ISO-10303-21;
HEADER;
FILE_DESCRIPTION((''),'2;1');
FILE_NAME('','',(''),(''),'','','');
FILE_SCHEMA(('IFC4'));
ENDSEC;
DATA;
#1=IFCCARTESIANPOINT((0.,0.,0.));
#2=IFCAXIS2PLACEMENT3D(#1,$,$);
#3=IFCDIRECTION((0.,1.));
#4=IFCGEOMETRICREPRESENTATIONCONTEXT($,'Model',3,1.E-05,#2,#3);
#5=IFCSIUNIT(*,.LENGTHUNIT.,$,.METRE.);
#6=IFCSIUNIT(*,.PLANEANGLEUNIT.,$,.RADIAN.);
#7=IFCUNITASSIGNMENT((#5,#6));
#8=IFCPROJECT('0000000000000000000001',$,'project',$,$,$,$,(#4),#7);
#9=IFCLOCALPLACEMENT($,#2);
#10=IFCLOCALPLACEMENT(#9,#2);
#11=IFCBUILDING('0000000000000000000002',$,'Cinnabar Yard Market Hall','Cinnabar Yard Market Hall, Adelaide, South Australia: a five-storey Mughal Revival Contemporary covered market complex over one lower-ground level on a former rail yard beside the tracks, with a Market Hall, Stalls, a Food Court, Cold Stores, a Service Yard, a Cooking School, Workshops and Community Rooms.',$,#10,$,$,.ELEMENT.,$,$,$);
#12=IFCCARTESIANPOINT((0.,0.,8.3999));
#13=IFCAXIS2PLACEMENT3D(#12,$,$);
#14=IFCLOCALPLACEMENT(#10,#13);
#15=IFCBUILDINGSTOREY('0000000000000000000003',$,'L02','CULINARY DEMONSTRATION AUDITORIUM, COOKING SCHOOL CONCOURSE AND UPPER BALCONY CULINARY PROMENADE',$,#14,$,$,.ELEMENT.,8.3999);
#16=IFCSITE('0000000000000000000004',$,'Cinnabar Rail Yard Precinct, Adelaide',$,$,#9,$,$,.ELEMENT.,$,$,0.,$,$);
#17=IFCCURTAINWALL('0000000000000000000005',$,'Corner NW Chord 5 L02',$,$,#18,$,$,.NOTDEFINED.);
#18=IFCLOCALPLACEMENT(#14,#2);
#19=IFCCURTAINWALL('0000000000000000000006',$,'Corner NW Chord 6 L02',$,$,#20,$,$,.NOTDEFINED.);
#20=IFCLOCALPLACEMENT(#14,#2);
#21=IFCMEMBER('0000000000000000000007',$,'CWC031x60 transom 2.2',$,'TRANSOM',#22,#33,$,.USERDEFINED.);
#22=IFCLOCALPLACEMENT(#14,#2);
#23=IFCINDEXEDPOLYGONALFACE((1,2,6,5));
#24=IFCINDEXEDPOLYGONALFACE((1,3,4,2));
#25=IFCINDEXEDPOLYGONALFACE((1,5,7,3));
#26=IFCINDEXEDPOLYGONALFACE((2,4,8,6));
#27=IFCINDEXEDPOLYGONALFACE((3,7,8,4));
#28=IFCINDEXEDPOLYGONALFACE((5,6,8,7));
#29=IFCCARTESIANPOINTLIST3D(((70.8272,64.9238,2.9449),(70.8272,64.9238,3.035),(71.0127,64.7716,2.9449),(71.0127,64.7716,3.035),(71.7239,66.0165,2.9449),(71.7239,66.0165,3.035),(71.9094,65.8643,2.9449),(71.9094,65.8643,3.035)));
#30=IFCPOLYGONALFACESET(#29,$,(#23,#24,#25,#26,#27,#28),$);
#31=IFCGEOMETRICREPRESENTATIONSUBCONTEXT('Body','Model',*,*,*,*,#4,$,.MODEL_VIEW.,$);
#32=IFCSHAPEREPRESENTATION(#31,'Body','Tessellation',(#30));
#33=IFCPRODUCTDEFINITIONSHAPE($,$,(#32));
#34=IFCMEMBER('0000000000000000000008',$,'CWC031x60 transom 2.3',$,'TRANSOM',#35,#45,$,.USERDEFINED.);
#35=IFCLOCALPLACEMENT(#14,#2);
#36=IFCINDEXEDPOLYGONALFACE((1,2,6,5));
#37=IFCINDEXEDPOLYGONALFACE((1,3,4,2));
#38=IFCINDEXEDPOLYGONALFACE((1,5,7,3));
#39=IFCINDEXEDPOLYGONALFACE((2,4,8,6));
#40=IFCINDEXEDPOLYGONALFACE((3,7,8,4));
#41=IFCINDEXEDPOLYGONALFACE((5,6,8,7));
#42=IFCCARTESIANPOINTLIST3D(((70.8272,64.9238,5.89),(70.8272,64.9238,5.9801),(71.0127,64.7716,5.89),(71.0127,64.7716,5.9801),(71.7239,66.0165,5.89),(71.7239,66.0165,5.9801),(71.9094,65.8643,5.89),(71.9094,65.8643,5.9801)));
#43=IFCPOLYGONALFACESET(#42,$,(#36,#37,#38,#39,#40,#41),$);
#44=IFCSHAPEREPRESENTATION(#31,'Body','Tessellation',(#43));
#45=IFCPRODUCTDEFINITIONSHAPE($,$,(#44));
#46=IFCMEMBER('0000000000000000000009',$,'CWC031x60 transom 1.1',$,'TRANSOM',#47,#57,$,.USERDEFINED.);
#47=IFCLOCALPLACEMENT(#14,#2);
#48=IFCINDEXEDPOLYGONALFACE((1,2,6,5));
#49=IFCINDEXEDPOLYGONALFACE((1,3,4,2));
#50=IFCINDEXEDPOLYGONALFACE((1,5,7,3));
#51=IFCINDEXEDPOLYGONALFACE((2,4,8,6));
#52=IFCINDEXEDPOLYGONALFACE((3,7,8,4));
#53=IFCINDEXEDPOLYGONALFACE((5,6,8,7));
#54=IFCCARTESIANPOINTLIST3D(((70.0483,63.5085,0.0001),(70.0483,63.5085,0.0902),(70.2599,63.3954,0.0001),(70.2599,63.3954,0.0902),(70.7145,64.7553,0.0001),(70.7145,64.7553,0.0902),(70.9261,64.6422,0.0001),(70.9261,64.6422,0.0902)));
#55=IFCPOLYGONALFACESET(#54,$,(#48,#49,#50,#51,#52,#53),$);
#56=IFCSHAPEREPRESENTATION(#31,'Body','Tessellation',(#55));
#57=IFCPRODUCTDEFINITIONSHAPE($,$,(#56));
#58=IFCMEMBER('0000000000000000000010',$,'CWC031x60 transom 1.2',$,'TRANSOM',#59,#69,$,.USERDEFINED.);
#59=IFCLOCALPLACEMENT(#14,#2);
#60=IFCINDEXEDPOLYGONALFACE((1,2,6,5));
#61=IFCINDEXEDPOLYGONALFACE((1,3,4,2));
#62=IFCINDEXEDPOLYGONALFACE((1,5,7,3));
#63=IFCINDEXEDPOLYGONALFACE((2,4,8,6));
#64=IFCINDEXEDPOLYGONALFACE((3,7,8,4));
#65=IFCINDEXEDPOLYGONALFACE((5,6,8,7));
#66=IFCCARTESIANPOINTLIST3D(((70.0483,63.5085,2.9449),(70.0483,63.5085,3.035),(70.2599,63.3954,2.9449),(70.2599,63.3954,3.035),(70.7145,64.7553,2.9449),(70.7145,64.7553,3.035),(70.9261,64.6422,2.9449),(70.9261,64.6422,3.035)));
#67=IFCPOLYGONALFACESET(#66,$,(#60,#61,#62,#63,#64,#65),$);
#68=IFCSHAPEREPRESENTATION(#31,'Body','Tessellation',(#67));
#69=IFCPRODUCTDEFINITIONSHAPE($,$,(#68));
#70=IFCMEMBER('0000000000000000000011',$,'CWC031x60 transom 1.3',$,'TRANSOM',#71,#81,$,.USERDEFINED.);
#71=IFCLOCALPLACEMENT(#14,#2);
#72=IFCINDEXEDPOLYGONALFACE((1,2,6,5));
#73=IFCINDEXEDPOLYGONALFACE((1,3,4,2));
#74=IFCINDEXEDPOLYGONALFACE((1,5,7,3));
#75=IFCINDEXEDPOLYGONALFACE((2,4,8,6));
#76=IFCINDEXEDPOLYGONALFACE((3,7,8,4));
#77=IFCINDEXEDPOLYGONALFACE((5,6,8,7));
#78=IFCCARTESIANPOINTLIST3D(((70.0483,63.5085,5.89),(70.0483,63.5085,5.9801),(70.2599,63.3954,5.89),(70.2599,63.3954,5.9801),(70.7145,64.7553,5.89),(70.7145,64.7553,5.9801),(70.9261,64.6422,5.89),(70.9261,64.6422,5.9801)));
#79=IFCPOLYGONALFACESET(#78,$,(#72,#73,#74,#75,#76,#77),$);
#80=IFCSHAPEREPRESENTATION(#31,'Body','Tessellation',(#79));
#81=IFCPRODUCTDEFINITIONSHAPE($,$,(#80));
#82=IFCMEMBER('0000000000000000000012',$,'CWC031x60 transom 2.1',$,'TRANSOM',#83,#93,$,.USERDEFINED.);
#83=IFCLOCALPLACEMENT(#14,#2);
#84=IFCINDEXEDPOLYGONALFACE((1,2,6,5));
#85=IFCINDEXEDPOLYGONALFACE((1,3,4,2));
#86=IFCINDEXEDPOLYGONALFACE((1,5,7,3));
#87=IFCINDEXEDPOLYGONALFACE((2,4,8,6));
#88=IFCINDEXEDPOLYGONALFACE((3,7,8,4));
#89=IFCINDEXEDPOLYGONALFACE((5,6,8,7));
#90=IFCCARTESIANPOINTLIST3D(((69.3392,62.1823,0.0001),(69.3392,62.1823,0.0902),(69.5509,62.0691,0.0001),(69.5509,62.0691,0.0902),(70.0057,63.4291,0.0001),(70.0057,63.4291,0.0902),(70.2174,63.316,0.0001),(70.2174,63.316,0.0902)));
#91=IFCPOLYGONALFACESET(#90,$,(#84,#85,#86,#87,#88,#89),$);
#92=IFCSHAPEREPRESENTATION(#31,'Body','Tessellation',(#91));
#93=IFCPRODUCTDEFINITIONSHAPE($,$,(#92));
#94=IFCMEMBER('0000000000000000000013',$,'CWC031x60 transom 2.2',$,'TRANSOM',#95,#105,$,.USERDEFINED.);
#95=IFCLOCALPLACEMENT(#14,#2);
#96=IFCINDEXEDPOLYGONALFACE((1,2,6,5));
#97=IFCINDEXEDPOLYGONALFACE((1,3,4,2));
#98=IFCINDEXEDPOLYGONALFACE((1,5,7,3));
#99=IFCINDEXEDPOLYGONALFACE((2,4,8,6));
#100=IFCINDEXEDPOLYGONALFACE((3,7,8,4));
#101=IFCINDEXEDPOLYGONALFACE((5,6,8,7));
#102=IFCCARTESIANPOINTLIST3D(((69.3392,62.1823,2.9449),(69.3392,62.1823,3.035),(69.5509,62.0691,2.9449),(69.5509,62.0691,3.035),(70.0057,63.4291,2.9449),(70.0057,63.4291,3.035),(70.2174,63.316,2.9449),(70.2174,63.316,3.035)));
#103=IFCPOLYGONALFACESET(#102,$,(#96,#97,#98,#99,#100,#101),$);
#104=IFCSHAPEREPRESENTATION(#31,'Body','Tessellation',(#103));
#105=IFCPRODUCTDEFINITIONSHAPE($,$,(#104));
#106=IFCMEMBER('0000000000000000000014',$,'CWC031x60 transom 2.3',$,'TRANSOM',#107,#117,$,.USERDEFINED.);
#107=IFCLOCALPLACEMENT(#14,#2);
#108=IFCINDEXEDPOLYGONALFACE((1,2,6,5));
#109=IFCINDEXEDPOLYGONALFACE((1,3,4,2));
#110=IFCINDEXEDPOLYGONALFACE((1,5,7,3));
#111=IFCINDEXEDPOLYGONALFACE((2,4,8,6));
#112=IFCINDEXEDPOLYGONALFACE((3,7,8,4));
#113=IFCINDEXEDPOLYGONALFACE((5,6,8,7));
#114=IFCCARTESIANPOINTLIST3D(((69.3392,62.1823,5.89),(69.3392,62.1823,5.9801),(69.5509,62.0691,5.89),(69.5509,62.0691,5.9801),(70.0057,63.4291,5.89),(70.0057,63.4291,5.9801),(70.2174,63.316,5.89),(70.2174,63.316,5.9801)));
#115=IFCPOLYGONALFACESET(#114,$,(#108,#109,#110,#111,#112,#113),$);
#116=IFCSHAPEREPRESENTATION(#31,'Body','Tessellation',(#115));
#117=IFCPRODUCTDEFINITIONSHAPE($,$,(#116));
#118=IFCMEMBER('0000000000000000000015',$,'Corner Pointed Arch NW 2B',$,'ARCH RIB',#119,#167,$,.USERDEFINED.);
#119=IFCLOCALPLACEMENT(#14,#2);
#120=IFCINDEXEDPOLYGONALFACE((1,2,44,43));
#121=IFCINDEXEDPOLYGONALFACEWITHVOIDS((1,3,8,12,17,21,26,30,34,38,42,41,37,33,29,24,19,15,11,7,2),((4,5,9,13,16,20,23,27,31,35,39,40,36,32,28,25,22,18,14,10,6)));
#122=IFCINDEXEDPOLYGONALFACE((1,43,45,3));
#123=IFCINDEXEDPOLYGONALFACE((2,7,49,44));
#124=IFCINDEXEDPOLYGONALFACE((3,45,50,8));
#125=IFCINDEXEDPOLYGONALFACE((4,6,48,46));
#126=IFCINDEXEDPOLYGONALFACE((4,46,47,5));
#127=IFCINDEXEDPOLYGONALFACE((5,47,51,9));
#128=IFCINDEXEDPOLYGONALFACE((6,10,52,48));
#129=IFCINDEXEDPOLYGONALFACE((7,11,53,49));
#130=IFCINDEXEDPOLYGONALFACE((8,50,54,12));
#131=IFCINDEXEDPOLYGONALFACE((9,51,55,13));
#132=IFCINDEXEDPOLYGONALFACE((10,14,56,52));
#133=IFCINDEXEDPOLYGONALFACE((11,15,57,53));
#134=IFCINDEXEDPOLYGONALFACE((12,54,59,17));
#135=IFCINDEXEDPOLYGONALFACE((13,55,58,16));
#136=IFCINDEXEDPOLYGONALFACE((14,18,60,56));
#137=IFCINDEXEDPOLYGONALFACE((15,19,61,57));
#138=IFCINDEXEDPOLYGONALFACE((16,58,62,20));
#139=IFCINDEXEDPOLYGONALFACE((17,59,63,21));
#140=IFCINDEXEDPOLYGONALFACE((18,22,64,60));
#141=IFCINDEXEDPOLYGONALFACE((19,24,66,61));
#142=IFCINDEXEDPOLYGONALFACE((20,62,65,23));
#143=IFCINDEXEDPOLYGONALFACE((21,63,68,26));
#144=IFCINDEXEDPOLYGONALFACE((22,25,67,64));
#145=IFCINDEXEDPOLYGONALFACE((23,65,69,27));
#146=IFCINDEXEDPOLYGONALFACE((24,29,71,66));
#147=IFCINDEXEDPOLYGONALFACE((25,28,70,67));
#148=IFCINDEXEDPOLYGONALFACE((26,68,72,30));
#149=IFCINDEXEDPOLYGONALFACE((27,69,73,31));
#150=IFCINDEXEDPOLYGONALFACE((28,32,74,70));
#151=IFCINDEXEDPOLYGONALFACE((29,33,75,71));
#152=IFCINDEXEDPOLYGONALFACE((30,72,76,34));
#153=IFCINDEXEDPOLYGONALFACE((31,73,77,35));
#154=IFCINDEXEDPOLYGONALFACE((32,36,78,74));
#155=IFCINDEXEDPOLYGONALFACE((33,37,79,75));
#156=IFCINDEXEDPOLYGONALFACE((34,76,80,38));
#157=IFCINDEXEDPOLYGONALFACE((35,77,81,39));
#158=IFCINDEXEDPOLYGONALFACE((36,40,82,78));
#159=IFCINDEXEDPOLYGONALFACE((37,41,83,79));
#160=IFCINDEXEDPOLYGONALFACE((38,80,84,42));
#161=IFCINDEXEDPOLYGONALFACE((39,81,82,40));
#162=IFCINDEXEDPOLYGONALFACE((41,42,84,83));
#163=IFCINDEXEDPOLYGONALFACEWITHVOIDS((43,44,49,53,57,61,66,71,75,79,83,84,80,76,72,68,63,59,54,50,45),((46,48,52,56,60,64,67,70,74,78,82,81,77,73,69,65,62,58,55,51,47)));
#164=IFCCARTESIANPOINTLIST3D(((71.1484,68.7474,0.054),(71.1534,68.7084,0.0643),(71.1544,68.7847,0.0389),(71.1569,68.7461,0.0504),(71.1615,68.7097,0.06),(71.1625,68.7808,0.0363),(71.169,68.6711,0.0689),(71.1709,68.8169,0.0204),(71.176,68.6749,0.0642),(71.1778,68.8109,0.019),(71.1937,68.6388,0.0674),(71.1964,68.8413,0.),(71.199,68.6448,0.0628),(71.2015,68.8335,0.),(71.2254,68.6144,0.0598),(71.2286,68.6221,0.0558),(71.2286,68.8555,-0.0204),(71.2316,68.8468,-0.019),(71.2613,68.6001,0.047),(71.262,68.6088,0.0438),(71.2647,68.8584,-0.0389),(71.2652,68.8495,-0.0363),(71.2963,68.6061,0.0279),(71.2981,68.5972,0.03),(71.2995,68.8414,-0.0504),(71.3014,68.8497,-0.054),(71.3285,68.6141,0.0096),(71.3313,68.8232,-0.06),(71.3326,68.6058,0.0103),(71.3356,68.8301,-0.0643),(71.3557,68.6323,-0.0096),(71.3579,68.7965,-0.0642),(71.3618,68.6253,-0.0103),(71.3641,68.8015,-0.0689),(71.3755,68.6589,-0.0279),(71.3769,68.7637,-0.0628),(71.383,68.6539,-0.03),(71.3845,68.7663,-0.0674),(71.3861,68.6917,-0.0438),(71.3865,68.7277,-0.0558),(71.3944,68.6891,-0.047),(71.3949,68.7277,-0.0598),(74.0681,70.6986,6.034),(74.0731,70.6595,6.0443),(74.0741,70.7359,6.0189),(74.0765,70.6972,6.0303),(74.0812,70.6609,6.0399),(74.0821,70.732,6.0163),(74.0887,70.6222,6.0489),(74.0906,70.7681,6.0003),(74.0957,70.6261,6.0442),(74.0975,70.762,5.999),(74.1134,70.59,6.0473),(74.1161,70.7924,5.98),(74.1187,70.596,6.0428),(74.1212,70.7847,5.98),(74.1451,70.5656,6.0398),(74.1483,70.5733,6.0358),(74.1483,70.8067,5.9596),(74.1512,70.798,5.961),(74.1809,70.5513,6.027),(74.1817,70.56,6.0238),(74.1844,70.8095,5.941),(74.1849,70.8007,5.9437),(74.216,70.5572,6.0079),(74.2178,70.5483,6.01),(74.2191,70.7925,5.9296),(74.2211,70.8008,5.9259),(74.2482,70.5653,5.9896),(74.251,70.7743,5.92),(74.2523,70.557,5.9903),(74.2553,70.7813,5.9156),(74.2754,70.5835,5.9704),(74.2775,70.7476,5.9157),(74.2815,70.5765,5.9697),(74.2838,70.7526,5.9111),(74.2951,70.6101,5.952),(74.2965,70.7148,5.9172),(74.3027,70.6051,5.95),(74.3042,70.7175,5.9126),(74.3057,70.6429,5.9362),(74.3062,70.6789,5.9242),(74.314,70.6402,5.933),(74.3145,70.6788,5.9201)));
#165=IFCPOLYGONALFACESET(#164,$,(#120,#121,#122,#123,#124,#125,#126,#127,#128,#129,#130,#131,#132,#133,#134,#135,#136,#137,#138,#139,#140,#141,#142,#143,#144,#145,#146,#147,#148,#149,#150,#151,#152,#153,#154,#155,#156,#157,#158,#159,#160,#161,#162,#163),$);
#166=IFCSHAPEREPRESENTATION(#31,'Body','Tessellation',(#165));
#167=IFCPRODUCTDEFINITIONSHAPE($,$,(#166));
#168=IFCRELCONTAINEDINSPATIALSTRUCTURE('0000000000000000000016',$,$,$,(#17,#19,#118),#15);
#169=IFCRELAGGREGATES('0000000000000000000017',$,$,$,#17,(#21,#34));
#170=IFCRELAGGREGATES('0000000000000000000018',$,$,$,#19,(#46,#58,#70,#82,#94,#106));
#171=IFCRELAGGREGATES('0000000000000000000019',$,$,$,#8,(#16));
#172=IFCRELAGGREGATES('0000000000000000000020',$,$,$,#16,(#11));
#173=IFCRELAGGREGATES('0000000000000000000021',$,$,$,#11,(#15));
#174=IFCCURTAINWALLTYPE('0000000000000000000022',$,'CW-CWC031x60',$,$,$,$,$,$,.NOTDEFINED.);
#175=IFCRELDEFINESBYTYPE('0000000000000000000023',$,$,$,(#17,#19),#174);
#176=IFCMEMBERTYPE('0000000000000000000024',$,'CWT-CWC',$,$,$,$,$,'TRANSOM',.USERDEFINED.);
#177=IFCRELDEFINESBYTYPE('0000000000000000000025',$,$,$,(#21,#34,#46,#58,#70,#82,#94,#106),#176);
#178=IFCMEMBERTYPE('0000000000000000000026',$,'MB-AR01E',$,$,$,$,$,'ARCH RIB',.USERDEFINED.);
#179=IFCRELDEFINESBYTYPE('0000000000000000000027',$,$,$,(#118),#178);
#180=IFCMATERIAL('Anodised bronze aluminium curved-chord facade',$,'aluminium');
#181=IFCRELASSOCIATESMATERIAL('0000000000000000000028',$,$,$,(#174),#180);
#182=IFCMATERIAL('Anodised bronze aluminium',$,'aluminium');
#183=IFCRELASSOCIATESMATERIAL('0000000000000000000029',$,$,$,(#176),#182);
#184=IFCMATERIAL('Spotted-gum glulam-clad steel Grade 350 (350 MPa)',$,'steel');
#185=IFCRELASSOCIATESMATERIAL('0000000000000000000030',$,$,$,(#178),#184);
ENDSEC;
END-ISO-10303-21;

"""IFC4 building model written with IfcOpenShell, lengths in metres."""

from ifc_helpers import new_model, si_unit, direction, frame, origin, origin_2d_with_axis, place, context, subcontext, project, spatial, rectangle, hollow_circle, extrude, material, material_profile, profile_set, type_object, element, aggregate, save


model = new_model("IFC4")

# Units and contexts
model_context = context("Model", 3, precision=1e-05, world=origin(), true_north=direction((0.0, 1.0)))
body_context = subcontext(model_context, "Body", "Model", "MODEL_VIEW")
ifc_project = project(units=[si_unit("LENGTHUNIT", "METRE"), si_unit("PLANEANGLEUNIT", "RADIAN")], contexts=[model_context])

# Site, building, storey
site_placement = place(None, origin())
site = spatial("IfcSite", under=ifc_project, at=site_placement, Name="Cinnabar Rail Yard Precinct, Adelaide", CompositionType="ELEMENT", RefElevation=0.0)
building_placement = place(site_placement, origin())
building = spatial("IfcBuilding", under=site, at=building_placement, Name="Cinnabar Yard Market Hall", Description="Cinnabar Yard Market Hall, Adelaide, South Australia: a five-storey Mughal Revival Contemporary covered market complex over one lower-ground level on a former rail yard beside the tracks, with a Market Hall, Stalls, a Food Court, Cold Stores, a Service Yard, a Cooking School, Workshops and Community Rooms.", CompositionType="ELEMENT")
storey_placement = place(building_placement, frame((0.0, 0.0, 8.3999)))
storey = spatial("IfcBuildingStorey", under=building, at=storey_placement, Name="L02", Description="CULINARY DEMONSTRATION AUDITORIUM, COOKING SCHOOL CONCOURSE AND UPPER BALCONY CULINARY PROMENADE", CompositionType="ELEMENT", Elevation=8.3999)

# Shared definitions
ifc_material_1 = material(Name="Spotted-gum glulam-clad steel Grade 350 (350 MPa)", Category="steel")

# Shared definitions
ifc_material_2 = material(Name="Anodised bronze aluminium curved-chord facade", Category="aluminium")
curtain_wall_type = type_object("IfcCurtainWallType", Name="CW-CWC031x60", PredefinedType="NOTDEFINED", material=ifc_material_2)
ifc_material_3 = material(Name="Anodised bronze aluminium", Category="aluminium")

# Curtain walls
curtain_wall_1_placement = place(storey_placement, origin())
curtain_wall_1 = element("IfcCurtainWall", 1, at=curtain_wall_1_placement, inside=storey, type_object=curtain_wall_type, Name="Corner NW Chord 5 L02", PredefinedType="NOTDEFINED")
curtain_wall_2_placement = place(storey_placement, origin())
curtain_wall_2 = element("IfcCurtainWall", 2, at=curtain_wall_2_placement, inside=storey, type_object=curtain_wall_type, Name="Corner NW Chord 6 L02", PredefinedType="NOTDEFINED")

# Members
ifc_material_profile_1 = material_profile(ifc_material_3, rectangle(XDim=0.24, YDim=0.0901, at=origin_2d_with_axis()), Name="TRN-CWC")
ifc_profile_set_1 = profile_set([ifc_material_profile_1], Name="Anodised bronze aluminium")
member_type_1 = type_object("IfcMemberType", Name="CWT-CWC", ElementType="TRANSOM", PredefinedType="USERDEFINED", material=ifc_profile_set_1)
member_1_placement = place(storey_placement, frame((71.8167, 65.9404, 2.99), z_axis=(-0.634356, -0.773041, 0.0), x_axis=(0.773041, -0.634356, 0.0)))
member_1 = element("IfcMember", 3, at=member_1_placement, type_object=member_type_1, Name="CWC031x60 transom 2.2", ObjectType="TRANSOM", PredefinedType="USERDEFINED", context=body_context, shape_type="SweptSolid", body=[
    extrude(rectangle(XDim=0.24, YDim=0.0901, at=origin_2d_with_axis()), origin(), (0.0, 0.0, 1.0), 1.4136),
])
member_2_placement = place(storey_placement, frame((71.8167, 65.9404, 5.9351), z_axis=(-0.634356, -0.773041, 0.0), x_axis=(0.773041, -0.634356, 0.0)))
member_2 = element("IfcMember", 4, at=member_2_placement, type_object=member_type_1, Name="CWC031x60 transom 2.3", ObjectType="TRANSOM", PredefinedType="USERDEFINED", context=body_context, shape_type="SweptSolid", body=[
    extrude(rectangle(XDim=0.24, YDim=0.0901, at=origin_2d_with_axis()), origin(), (0.0, 0.0, 1.0), 1.4136),
])
member_3_placement = place(storey_placement, frame((70.8203, 64.6987, 0.0452), z_axis=(-0.471296, -0.881975, 0.0), x_axis=(0.881975, -0.471296, 0.0)))
member_3 = element("IfcMember", 5, at=member_3_placement, type_object=member_type_1, Name="CWC031x60 transom 1.1", ObjectType="TRANSOM", PredefinedType="USERDEFINED", context=body_context, shape_type="SweptSolid", body=[
    extrude(rectangle(XDim=0.24, YDim=0.0901, at=origin_2d_with_axis()), origin(), (0.0, 0.0, 1.0), 1.4136),
])
member_4_placement = place(storey_placement, frame((70.8203, 64.6987, 2.99), z_axis=(-0.471296, -0.881975, 0.0), x_axis=(0.881975, -0.471296, 0.0)))
member_4 = element("IfcMember", 6, at=member_4_placement, type_object=member_type_1, Name="CWC031x60 transom 1.2", ObjectType="TRANSOM", PredefinedType="USERDEFINED", context=body_context, shape_type="SweptSolid", body=[
    extrude(rectangle(XDim=0.24, YDim=0.0901, at=origin_2d_with_axis()), origin(), (0.0, 0.0, 1.0), 1.4136),
])
member_5_placement = place(storey_placement, frame((70.8203, 64.6987, 5.9351), z_axis=(-0.471296, -0.881975, 0.0), x_axis=(0.881975, -0.471296, 0.0)))
member_5 = element("IfcMember", 7, at=member_5_placement, type_object=member_type_1, Name="CWC031x60 transom 1.3", ObjectType="TRANSOM", PredefinedType="USERDEFINED", context=body_context, shape_type="SweptSolid", body=[
    extrude(rectangle(XDim=0.24, YDim=0.0901, at=origin_2d_with_axis()), origin(), (0.0, 0.0, 1.0), 1.4136),
])
member_6_placement = place(storey_placement, frame((70.1116, 63.3726, 0.0452), z_axis=(-0.471431, -0.881903, 0.0), x_axis=(0.881903, -0.471431, 0.0)))
member_6 = element("IfcMember", 8, at=member_6_placement, type_object=member_type_1, Name="CWC031x60 transom 2.1", ObjectType="TRANSOM", PredefinedType="USERDEFINED", context=body_context, shape_type="SweptSolid", body=[
    extrude(rectangle(XDim=0.24, YDim=0.0901, at=origin_2d_with_axis()), origin(), (0.0, 0.0, 1.0), 1.4138),
])
member_7_placement = place(storey_placement, frame((70.1116, 63.3726, 2.99), z_axis=(-0.471431, -0.881903, 0.0), x_axis=(0.881903, -0.471431, 0.0)))
member_7 = element("IfcMember", 9, at=member_7_placement, type_object=member_type_1, Name="CWC031x60 transom 2.2", ObjectType="TRANSOM", PredefinedType="USERDEFINED", context=body_context, shape_type="SweptSolid", body=[
    extrude(rectangle(XDim=0.24, YDim=0.0901, at=origin_2d_with_axis()), origin(), (0.0, 0.0, 1.0), 1.4138),
])
member_8_placement = place(storey_placement, frame((70.1116, 63.3726, 5.9351), z_axis=(-0.471431, -0.881903, 0.0), x_axis=(0.881903, -0.471431, 0.0)))
member_8 = element("IfcMember", 10, at=member_8_placement, type_object=member_type_1, Name="CWC031x60 transom 2.3", ObjectType="TRANSOM", PredefinedType="USERDEFINED", context=body_context, shape_type="SweptSolid", body=[
    extrude(rectangle(XDim=0.24, YDim=0.0901, at=origin_2d_with_axis()), origin(), (0.0, 0.0, 1.0), 1.4138),
])

# Member
ifc_material_profile_2 = material_profile(ifc_material_1, hollow_circle(Radius=0.1365, WallThickness=0.0093, at=origin_2d_with_axis()), Name="273.1x9.3CHS")
ifc_profile_set_2 = profile_set([ifc_material_profile_2], Name="Spotted-gum glulam-clad steel Grade 350 (350 MPa)")
member_type_2 = type_object("IfcMemberType", Name="MB-AR01E", ElementType="ARCH RIB", PredefinedType="USERDEFINED", material=ifc_profile_set_2)
for number, where, z_axis, x_axis, name in (
    (11, (71.2722, 68.7278, 0.0), (0.421017, 0.281359, 0.862312), (-0.55563, 0.831429, 0.0), "Corner Pointed Arch NW 2B"),
):
    element("IfcMember", number, at=place(storey_placement, frame(where, z_axis=z_axis, x_axis=x_axis)), inside=storey, type_object=member_type_2, Name=name, ObjectType="ARCH RIB", PredefinedType="USERDEFINED", context=body_context, shape_type="SweptSolid", body=[
        extrude(hollow_circle(Radius=0.1365, WallThickness=0.0093, at=origin_2d_with_axis()), origin(), (0.0, 0.0, 1.0), 6.9348),
    ])

aggregate(curtain_wall_1, [member_1, member_2])
aggregate(curtain_wall_2, [member_3, member_4, member_5, member_6, member_7, member_8])

save(model, "model.ifc")
